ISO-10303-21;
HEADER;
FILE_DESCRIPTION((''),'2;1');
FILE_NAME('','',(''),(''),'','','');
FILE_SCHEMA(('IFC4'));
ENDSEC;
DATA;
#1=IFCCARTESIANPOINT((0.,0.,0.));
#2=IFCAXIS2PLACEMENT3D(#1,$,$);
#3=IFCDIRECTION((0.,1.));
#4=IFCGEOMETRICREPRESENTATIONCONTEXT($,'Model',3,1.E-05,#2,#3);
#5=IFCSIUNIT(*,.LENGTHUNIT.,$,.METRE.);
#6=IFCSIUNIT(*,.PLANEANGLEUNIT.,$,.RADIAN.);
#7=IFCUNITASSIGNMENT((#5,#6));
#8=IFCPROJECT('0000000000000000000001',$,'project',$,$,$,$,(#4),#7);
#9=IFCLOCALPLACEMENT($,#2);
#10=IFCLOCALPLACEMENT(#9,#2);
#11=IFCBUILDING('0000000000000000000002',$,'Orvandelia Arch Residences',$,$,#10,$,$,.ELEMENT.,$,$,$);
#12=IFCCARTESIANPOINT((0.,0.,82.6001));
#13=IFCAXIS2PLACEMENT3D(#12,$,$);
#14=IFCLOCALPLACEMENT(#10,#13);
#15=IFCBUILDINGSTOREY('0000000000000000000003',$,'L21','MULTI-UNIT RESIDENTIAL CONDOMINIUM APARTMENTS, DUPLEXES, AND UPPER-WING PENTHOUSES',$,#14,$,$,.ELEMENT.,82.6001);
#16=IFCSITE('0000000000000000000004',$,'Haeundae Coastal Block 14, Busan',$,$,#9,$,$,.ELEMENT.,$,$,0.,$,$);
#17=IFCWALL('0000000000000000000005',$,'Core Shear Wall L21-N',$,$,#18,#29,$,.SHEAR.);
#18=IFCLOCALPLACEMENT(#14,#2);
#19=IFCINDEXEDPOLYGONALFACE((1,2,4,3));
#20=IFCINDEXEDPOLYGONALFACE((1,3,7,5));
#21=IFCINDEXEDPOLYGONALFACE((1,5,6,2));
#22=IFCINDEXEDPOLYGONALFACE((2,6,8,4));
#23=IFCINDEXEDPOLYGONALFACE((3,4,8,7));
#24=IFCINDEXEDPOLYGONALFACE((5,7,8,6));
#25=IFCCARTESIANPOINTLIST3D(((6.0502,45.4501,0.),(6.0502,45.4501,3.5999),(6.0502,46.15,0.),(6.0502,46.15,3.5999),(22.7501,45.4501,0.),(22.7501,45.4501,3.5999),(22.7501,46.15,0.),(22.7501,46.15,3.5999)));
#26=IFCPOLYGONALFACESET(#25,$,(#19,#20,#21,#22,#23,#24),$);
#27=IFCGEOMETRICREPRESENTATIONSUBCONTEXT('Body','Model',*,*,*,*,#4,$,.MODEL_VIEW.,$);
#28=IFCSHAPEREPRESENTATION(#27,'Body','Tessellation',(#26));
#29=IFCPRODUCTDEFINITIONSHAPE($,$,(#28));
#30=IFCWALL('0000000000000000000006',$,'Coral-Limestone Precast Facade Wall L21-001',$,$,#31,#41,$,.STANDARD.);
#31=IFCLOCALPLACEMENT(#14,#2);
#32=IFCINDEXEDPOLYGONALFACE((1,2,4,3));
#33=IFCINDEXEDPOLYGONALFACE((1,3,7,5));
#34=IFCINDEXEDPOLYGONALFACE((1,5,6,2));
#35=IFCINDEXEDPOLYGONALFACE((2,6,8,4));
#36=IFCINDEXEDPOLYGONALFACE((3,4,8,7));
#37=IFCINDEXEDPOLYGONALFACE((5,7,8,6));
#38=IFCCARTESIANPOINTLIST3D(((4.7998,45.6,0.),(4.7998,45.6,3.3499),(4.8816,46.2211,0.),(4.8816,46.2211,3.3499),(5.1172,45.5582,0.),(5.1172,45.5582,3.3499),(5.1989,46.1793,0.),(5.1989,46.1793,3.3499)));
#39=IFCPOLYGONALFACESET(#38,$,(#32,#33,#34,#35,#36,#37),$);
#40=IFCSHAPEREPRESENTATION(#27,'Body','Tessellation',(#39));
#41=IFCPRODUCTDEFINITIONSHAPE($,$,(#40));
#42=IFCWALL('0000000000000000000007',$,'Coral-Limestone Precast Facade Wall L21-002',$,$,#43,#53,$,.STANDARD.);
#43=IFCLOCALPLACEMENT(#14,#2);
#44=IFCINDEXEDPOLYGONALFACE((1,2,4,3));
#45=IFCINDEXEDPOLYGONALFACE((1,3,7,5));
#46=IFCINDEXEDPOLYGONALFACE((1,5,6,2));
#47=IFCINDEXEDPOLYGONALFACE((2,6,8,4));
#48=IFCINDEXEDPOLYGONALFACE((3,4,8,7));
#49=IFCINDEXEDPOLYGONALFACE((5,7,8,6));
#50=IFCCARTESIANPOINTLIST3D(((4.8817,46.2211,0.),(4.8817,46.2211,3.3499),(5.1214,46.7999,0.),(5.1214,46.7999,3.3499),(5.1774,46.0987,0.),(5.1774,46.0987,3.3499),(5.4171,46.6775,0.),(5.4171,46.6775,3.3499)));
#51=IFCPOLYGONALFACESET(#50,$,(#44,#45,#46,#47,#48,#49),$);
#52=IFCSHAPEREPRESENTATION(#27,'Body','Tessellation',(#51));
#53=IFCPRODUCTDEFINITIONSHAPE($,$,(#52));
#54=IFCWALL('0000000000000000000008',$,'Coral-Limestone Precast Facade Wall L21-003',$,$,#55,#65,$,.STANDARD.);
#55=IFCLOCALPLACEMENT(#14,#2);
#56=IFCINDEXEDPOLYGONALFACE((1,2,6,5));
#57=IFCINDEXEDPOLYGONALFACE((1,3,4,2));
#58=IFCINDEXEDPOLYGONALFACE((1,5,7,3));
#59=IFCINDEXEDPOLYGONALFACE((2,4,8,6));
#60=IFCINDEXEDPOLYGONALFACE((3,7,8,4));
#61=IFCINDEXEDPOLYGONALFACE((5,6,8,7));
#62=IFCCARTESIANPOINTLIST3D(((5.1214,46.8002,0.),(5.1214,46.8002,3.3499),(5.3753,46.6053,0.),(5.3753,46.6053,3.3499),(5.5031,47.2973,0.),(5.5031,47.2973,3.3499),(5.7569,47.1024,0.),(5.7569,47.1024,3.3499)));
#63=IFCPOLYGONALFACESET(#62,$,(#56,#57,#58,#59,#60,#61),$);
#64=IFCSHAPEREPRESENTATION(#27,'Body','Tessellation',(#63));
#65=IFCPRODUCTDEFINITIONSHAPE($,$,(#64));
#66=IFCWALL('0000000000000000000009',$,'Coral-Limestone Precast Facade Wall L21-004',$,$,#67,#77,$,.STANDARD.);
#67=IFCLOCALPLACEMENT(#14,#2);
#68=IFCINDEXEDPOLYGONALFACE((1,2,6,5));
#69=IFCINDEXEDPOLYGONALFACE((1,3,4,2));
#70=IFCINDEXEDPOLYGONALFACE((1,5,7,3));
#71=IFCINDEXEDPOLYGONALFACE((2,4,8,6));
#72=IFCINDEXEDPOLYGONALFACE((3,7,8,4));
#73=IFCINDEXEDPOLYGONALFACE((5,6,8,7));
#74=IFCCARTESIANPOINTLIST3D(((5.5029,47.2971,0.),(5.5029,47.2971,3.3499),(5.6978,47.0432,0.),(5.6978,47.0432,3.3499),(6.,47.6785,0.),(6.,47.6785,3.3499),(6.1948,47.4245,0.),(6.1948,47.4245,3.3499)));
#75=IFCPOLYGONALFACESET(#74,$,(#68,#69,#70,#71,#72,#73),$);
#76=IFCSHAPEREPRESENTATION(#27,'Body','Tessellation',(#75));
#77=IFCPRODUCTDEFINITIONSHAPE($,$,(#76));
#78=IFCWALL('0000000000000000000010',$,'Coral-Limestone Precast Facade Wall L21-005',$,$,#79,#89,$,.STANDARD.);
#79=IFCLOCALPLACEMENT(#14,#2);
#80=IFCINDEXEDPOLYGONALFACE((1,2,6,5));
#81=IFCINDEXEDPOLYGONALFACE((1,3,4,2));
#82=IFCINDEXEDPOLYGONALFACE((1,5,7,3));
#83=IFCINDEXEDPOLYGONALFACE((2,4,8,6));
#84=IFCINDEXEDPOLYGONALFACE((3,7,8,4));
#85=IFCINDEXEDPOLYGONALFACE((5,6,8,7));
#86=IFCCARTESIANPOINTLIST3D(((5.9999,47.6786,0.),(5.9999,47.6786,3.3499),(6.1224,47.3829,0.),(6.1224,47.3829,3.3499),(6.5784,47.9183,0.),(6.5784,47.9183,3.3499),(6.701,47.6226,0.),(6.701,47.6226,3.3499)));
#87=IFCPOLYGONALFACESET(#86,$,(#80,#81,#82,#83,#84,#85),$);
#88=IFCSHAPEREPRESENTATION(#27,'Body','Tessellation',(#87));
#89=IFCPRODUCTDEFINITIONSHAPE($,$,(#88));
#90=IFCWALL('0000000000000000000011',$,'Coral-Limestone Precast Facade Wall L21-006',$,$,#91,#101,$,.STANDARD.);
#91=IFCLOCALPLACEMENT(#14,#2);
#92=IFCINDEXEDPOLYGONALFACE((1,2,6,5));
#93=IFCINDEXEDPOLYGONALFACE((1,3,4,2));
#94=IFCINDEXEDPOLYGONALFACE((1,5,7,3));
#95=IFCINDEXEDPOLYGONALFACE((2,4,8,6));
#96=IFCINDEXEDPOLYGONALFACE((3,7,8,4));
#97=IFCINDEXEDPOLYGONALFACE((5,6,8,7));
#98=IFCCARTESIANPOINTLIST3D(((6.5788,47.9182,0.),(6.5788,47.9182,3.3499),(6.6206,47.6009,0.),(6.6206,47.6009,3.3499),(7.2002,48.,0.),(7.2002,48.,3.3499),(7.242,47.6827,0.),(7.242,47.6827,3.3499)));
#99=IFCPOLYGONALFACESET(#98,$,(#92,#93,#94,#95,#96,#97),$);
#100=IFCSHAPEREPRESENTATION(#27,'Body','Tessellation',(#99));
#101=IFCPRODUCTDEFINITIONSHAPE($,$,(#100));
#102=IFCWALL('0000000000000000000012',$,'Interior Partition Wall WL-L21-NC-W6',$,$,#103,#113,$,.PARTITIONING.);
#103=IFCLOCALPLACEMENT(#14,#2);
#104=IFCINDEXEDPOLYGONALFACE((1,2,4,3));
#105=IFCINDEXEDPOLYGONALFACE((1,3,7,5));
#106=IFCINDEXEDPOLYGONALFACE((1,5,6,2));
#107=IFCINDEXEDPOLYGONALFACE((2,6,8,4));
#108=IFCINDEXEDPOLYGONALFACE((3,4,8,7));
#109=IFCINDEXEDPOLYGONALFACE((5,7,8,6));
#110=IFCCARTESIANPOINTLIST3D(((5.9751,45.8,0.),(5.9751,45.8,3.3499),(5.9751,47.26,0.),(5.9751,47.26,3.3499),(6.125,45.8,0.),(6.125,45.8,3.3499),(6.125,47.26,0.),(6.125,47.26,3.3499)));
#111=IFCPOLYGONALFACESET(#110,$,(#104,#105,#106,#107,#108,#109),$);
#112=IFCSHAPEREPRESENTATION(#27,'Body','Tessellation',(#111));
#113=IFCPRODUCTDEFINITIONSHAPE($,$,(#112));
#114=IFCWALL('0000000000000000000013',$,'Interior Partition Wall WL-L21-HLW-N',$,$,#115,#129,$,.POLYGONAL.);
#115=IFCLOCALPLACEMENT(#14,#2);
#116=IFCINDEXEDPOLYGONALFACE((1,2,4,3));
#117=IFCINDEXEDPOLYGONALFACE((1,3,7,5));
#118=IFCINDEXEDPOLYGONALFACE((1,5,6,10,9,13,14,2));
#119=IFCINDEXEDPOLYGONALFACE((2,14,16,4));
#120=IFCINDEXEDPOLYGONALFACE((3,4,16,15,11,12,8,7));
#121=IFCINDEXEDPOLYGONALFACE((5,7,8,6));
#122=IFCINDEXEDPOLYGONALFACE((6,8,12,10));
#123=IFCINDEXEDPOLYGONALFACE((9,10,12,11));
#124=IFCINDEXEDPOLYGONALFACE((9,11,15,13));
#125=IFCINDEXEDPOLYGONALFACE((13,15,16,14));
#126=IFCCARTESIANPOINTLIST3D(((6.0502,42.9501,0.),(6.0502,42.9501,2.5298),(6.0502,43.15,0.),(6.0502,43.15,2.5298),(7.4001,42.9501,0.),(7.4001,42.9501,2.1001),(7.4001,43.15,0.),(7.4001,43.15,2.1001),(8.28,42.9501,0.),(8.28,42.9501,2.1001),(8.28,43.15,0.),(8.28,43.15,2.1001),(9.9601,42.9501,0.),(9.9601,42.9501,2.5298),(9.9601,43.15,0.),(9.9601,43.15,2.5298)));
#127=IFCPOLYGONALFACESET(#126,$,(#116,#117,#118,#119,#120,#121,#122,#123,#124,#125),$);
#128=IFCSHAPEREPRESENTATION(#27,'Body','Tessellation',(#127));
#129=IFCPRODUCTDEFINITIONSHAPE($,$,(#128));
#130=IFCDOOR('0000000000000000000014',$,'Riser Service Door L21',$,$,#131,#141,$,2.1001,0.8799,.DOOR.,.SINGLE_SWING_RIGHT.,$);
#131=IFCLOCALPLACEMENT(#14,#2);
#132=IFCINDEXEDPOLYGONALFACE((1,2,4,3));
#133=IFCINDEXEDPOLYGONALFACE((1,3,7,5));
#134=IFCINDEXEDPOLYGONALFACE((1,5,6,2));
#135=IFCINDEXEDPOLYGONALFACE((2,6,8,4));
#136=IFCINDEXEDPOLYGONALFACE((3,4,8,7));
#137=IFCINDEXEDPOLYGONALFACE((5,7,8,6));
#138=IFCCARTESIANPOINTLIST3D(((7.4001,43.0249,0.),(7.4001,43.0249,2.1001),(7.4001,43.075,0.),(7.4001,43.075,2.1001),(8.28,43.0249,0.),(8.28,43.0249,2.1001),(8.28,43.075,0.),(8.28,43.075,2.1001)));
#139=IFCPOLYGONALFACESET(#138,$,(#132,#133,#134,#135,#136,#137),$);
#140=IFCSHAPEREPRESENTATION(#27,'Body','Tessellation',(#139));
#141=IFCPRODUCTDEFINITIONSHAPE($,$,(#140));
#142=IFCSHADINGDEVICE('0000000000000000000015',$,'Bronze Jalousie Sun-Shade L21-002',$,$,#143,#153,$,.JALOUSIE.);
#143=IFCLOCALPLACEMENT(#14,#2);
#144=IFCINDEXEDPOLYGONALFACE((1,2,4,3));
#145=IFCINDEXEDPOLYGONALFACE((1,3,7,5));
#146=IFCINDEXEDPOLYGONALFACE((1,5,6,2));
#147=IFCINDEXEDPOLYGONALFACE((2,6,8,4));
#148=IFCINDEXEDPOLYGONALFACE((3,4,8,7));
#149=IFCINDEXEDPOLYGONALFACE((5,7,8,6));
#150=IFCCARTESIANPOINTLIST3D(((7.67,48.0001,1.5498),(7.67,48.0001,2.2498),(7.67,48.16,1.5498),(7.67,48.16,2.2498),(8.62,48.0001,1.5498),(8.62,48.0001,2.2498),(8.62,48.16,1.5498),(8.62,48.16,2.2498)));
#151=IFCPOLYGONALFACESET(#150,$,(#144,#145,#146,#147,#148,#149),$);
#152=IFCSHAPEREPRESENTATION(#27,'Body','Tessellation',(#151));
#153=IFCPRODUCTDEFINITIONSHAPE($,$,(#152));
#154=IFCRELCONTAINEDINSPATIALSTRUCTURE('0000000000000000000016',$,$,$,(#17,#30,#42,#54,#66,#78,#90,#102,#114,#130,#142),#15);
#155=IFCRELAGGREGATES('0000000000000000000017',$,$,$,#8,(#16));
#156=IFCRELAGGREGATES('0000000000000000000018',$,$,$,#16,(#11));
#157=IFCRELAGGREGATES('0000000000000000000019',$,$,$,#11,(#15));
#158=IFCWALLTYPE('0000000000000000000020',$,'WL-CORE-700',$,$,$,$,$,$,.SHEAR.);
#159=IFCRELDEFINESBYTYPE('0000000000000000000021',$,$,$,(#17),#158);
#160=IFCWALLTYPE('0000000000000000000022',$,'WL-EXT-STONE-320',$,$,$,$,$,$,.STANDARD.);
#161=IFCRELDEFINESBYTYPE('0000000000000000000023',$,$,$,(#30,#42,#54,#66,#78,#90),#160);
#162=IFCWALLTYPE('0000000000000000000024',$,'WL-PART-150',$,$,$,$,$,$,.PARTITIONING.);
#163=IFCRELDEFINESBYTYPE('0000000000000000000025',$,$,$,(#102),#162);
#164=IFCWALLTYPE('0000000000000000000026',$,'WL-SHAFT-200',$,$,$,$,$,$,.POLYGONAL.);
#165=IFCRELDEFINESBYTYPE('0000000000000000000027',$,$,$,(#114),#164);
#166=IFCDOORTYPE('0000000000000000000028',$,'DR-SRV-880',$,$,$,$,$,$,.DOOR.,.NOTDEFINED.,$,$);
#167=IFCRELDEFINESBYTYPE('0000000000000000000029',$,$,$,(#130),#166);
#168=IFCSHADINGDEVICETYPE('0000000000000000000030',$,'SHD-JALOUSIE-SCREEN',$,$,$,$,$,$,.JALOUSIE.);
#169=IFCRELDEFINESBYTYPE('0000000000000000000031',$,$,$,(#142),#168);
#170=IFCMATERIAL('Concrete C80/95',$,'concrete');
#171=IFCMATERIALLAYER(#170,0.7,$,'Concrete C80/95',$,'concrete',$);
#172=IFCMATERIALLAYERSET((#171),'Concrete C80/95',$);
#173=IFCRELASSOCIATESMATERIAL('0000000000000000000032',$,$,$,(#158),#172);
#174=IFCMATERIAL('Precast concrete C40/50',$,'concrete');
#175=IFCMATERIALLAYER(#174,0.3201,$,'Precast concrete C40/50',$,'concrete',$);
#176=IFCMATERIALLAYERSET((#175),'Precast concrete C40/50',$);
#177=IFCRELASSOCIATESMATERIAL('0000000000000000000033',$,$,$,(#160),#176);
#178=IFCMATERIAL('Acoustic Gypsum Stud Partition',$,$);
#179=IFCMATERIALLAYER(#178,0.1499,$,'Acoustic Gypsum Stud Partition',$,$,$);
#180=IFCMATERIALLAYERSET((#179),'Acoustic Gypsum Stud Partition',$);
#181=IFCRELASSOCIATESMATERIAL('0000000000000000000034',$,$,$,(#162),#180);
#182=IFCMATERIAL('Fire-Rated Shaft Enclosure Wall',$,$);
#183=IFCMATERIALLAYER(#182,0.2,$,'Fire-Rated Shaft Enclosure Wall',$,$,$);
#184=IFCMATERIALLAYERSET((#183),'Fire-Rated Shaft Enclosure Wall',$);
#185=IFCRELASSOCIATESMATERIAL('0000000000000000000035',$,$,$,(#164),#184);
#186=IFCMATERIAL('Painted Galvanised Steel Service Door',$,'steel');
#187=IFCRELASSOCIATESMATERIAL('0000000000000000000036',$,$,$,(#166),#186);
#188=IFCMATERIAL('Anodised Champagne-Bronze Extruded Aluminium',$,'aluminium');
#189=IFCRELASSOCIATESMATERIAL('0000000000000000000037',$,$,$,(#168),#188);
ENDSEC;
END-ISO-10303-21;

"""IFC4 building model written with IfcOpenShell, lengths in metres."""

from ifc_helpers import new_model, si_unit, direction, frame, frame_2d, origin, origin_2d, place, context, subcontext, project, spatial, rectangle, extrude, material, layer, layer_set, type_object, element, fill, save


model = new_model("IFC4")

# Units and contexts
model_context = context("Model", 3, precision=1e-05, world=origin(), true_north=direction((0.0, 1.0)))
body_context = subcontext(model_context, "Body", "Model", "MODEL_VIEW")
ifc_project = project(units=[si_unit("LENGTHUNIT", "METRE"), si_unit("PLANEANGLEUNIT", "RADIAN")], contexts=[model_context])

# Site, building, storey
site_placement = place(None, origin())
site = spatial("IfcSite", under=ifc_project, at=site_placement, Name="Haeundae Coastal Block 14, Busan", CompositionType="ELEMENT", RefElevation=0.0)
building_placement = place(site_placement, origin())
building = spatial("IfcBuilding", under=site, at=building_placement, Name="Orvandelia Arch Residences", CompositionType="ELEMENT")
storey_placement = place(building_placement, frame((0.0, 0.0, 82.6001)))
storey = spatial("IfcBuildingStorey", under=building, at=storey_placement, Name="L21", Description="MULTI-UNIT RESIDENTIAL CONDOMINIUM APARTMENTS, DUPLEXES, AND UPPER-WING PENTHOUSES", CompositionType="ELEMENT", Elevation=82.6001)

# Shared definitions
ifc_material_1 = material(Name="Concrete C80/95", Category="concrete")

# Walls
ifc_layer_1 = layer(ifc_material_1, 0.7, Name="Concrete C80/95", Category="concrete")
ifc_layer_set_1 = layer_set([ifc_layer_1], Name="Concrete C80/95")
wall_type_1 = type_object("IfcWallType", Name="WL-CORE-700", PredefinedType="SHEAR", material=ifc_layer_set_1)
wall_1_placement = place(storey_placement, frame((6.05, 45.8, 0.0), z_axis=(0.0, 0.0, 1.0), x_axis=(1.0, 0.0, 0.0)))
element("IfcWall", 1, at=wall_1_placement, inside=storey, type_object=wall_type_1, Name="Core Shear Wall L21-N", PredefinedType="SHEAR", context=body_context, shape_type="SweptSolid", body=[
    extrude(rectangle(XDim=16.7, YDim=0.7, at=frame_2d((8.3501, 0.0))), origin(), (0.0, 0.0, 1.0), 3.5999),
])
ifc_material_2 = material(Name="Precast concrete C40/50", Category="concrete")
ifc_layer_2 = layer(ifc_material_2, 0.3201, Name="Precast concrete C40/50", Category="concrete")
ifc_layer_set_2 = layer_set([ifc_layer_2], Name="Precast concrete C40/50")
wall_type_2 = type_object("IfcWallType", Name="WL-EXT-STONE-320", PredefinedType="STANDARD", material=ifc_layer_set_2)
for number, where, z_axis, x_axis, name in (
    (2, (4.9585, 45.5791, 0.0), (0.0, 0.0, 1.0), (0.130555, 0.991441, 0.0), "Coral-Limestone Precast Facade Wall L21-001"),
    (3, (5.0295, 46.1599, 0.0), (0.0, 0.0, 1.0), (0.38265, 0.923893, 0.0), "Coral-Limestone Precast Facade Wall L21-002"),
):
    element("IfcWall", number, at=place(storey_placement, frame(where, z_axis=z_axis, x_axis=x_axis)), inside=storey, type_object=wall_type_2, Name=name, PredefinedType="STANDARD", context=body_context, shape_type="SweptSolid", body=[
        extrude(rectangle(XDim=0.6265, YDim=0.3201, at=frame_2d((0.3132, 0.0))), origin(), (0.0, 0.0, 1.0), 3.3499),
    ])
wall_2_placement = place(storey_placement, frame((5.2483, 46.7026, 0.0), z_axis=(0.0, 0.0, 1.0), x_axis=(0.608939, 0.793217, 0.0)))
element("IfcWall", 4, at=wall_2_placement, inside=storey, type_object=wall_type_2, Name="Coral-Limestone Precast Facade Wall L21-003", PredefinedType="STANDARD", context=body_context, shape_type="SweptSolid", body=[
    extrude(rectangle(XDim=0.6267, YDim=0.3201, at=frame_2d((0.3135, 0.0))), origin(), (0.0, 0.0, 1.0), 3.3499),
])
wall_3_placement = place(storey_placement, frame((5.6003, 47.1702, 0.0), z_axis=(0.0, 0.0, 1.0), x_axis=(0.793406, 0.608693, 0.0)))
element("IfcWall", 5, at=wall_3_placement, inside=storey, type_object=wall_type_2, Name="Coral-Limestone Precast Facade Wall L21-004", PredefinedType="STANDARD", context=body_context, shape_type="SweptSolid", body=[
    extrude(rectangle(XDim=0.6265, YDim=0.3201, at=frame_2d((0.3132, 0.0))), origin(), (0.0, 0.0, 1.0), 3.3499),
])
wall_4_placement = place(storey_placement, frame((6.0613, 47.5308, 0.0), z_axis=(0.0, 0.0, 1.0), x_axis=(0.923836, 0.382788, 0.0)))
element("IfcWall", 6, at=wall_4_placement, inside=storey, type_object=wall_type_2, Name="Coral-Limestone Precast Facade Wall L21-005", PredefinedType="STANDARD", context=body_context, shape_type="SweptSolid", body=[
    extrude(rectangle(XDim=0.6262, YDim=0.3201, at=frame_2d((0.313, 0.0))), origin(), (0.0, 0.0, 1.0), 3.3499),
])
wall_5_placement = place(storey_placement, frame((6.5996, 47.7595, 0.0), z_axis=(0.0, 0.0, 1.0), x_axis=(0.991448, 0.130505, 0.0)))
element("IfcWall", 7, at=wall_5_placement, inside=storey, type_object=wall_type_2, Name="Coral-Limestone Precast Facade Wall L21-006", PredefinedType="STANDARD", context=body_context, shape_type="SweptSolid", body=[
    extrude(rectangle(XDim=0.6267, YDim=0.3201, at=frame_2d((0.3135, 0.0))), origin(), (0.0, 0.0, 1.0), 3.3499),
])

# Wall
ifc_material_3 = material(Name="Acoustic Gypsum Stud Partition")
ifc_layer_3 = layer(ifc_material_3, 0.1499, Name="Acoustic Gypsum Stud Partition")
ifc_layer_set_3 = layer_set([ifc_layer_3], Name="Acoustic Gypsum Stud Partition")
wall_type_3 = type_object("IfcWallType", Name="WL-PART-150", PredefinedType="PARTITIONING", material=ifc_layer_set_3)
wall_6_placement = place(storey_placement, frame((6.05, 45.8, 0.0), z_axis=(0.0, 0.0, 1.0), x_axis=(0.0, 1.0, 0.0)))
element("IfcWall", 8, at=wall_6_placement, inside=storey, type_object=wall_type_3, Name="Interior Partition Wall WL-L21-NC-W6", PredefinedType="PARTITIONING", context=body_context, shape_type="SweptSolid", body=[
    extrude(rectangle(XDim=1.46, YDim=0.1499, at=frame_2d((0.73, 0.0))), origin(), (0.0, 0.0, 1.0), 3.3499),
])

# Wall, opening, door
ifc_material_4 = material(Name="Fire-Rated Shaft Enclosure Wall")
ifc_layer_4 = layer(ifc_material_4, 0.2, Name="Fire-Rated Shaft Enclosure Wall")
ifc_layer_set_4 = layer_set([ifc_layer_4], Name="Fire-Rated Shaft Enclosure Wall")
wall_type_4 = type_object("IfcWallType", Name="WL-SHAFT-200", PredefinedType="POLYGONAL", material=ifc_layer_set_4)
wall_7_placement = place(storey_placement, frame((6.05, 43.05, 0.0), z_axis=(0.0, 0.0, 1.0), x_axis=(1.0, 0.0, 0.0)))
wall_7 = element("IfcWall", 9, at=wall_7_placement, inside=storey, type_object=wall_type_4, Name="Interior Partition Wall WL-L21-HLW-N", PredefinedType="POLYGONAL", context=body_context, shape_type="SweptSolid", body=[
    extrude(rectangle(XDim=3.9099, YDim=0.2, at=frame_2d((1.9551, 0.0))), origin(), (0.0, 0.0, 1.0), 2.5298),
])
opening_1_placement = place(wall_7_placement, frame((1.3501, 0.0, 0.0)))
opening_1 = element("IfcOpeningElement", 10, at=opening_1_placement, cuts=wall_7, PredefinedType="OPENING", context=body_context, shape_type="SweptSolid", body=[
    extrude(rectangle(XDim=0.8799, YDim=2.1001, at=frame_2d((0.4399, 1.05))), frame((0.0, 0.1099, 0.0), z_axis=(0.0, -1.0, 0.0), x_axis=(1.0, 0.0, 0.0)), (0.0, 0.0, 1.0), 0.22),
])
ifc_material_5 = material(Name="Painted Galvanised Steel Service Door", Category="steel")
door_type = type_object("IfcDoorType", Name="DR-SRV-880", OperationType="NOTDEFINED", PredefinedType="DOOR", material=ifc_material_5)
door_placement = place(opening_1_placement, origin())
door = element("IfcDoor", 11, at=door_placement, inside=storey, type_object=door_type, Name="Riser Service Door L21", OperationType="SINGLE_SWING_RIGHT", OverallHeight=2.1001, OverallWidth=0.8799, PredefinedType="DOOR", context=body_context, shape_type="SweptSolid", body=[
    extrude(rectangle(XDim=0.8799, YDim=2.1001, at=frame_2d((0.4399, 1.05))), frame((0.0, 0.0249, 0.0), z_axis=(0.0, -1.0, 0.0), x_axis=(1.0, 0.0, 0.0)), (0.0, 0.0, 1.0), 0.05),
])
fill(opening_1, door)

# Shading device
ifc_material_6 = material(Name="Anodised Champagne-Bronze Extruded Aluminium", Category="aluminium")
shading_device_type = type_object("IfcShadingDeviceType", Name="SHD-JALOUSIE-SCREEN", PredefinedType="JALOUSIE", material=ifc_material_6)
shading_device_placement = place(storey_placement, frame((8.145, 48.0801, 1.5498), z_axis=(0.0, 0.0, 1.0), x_axis=(1.0, 0.0, 0.0)))
element("IfcShadingDevice", 12, at=shading_device_placement, inside=storey, type_object=shading_device_type, Name="Bronze Jalousie Sun-Shade L21-002", PredefinedType="JALOUSIE", context=body_context, shape_type="SweptSolid", body=[
    extrude(rectangle(XDim=0.95, YDim=0.1599, at=origin_2d()), origin(), (0.0, 0.0, 1.0), 0.7),
])

save(model, "model.ifc")
